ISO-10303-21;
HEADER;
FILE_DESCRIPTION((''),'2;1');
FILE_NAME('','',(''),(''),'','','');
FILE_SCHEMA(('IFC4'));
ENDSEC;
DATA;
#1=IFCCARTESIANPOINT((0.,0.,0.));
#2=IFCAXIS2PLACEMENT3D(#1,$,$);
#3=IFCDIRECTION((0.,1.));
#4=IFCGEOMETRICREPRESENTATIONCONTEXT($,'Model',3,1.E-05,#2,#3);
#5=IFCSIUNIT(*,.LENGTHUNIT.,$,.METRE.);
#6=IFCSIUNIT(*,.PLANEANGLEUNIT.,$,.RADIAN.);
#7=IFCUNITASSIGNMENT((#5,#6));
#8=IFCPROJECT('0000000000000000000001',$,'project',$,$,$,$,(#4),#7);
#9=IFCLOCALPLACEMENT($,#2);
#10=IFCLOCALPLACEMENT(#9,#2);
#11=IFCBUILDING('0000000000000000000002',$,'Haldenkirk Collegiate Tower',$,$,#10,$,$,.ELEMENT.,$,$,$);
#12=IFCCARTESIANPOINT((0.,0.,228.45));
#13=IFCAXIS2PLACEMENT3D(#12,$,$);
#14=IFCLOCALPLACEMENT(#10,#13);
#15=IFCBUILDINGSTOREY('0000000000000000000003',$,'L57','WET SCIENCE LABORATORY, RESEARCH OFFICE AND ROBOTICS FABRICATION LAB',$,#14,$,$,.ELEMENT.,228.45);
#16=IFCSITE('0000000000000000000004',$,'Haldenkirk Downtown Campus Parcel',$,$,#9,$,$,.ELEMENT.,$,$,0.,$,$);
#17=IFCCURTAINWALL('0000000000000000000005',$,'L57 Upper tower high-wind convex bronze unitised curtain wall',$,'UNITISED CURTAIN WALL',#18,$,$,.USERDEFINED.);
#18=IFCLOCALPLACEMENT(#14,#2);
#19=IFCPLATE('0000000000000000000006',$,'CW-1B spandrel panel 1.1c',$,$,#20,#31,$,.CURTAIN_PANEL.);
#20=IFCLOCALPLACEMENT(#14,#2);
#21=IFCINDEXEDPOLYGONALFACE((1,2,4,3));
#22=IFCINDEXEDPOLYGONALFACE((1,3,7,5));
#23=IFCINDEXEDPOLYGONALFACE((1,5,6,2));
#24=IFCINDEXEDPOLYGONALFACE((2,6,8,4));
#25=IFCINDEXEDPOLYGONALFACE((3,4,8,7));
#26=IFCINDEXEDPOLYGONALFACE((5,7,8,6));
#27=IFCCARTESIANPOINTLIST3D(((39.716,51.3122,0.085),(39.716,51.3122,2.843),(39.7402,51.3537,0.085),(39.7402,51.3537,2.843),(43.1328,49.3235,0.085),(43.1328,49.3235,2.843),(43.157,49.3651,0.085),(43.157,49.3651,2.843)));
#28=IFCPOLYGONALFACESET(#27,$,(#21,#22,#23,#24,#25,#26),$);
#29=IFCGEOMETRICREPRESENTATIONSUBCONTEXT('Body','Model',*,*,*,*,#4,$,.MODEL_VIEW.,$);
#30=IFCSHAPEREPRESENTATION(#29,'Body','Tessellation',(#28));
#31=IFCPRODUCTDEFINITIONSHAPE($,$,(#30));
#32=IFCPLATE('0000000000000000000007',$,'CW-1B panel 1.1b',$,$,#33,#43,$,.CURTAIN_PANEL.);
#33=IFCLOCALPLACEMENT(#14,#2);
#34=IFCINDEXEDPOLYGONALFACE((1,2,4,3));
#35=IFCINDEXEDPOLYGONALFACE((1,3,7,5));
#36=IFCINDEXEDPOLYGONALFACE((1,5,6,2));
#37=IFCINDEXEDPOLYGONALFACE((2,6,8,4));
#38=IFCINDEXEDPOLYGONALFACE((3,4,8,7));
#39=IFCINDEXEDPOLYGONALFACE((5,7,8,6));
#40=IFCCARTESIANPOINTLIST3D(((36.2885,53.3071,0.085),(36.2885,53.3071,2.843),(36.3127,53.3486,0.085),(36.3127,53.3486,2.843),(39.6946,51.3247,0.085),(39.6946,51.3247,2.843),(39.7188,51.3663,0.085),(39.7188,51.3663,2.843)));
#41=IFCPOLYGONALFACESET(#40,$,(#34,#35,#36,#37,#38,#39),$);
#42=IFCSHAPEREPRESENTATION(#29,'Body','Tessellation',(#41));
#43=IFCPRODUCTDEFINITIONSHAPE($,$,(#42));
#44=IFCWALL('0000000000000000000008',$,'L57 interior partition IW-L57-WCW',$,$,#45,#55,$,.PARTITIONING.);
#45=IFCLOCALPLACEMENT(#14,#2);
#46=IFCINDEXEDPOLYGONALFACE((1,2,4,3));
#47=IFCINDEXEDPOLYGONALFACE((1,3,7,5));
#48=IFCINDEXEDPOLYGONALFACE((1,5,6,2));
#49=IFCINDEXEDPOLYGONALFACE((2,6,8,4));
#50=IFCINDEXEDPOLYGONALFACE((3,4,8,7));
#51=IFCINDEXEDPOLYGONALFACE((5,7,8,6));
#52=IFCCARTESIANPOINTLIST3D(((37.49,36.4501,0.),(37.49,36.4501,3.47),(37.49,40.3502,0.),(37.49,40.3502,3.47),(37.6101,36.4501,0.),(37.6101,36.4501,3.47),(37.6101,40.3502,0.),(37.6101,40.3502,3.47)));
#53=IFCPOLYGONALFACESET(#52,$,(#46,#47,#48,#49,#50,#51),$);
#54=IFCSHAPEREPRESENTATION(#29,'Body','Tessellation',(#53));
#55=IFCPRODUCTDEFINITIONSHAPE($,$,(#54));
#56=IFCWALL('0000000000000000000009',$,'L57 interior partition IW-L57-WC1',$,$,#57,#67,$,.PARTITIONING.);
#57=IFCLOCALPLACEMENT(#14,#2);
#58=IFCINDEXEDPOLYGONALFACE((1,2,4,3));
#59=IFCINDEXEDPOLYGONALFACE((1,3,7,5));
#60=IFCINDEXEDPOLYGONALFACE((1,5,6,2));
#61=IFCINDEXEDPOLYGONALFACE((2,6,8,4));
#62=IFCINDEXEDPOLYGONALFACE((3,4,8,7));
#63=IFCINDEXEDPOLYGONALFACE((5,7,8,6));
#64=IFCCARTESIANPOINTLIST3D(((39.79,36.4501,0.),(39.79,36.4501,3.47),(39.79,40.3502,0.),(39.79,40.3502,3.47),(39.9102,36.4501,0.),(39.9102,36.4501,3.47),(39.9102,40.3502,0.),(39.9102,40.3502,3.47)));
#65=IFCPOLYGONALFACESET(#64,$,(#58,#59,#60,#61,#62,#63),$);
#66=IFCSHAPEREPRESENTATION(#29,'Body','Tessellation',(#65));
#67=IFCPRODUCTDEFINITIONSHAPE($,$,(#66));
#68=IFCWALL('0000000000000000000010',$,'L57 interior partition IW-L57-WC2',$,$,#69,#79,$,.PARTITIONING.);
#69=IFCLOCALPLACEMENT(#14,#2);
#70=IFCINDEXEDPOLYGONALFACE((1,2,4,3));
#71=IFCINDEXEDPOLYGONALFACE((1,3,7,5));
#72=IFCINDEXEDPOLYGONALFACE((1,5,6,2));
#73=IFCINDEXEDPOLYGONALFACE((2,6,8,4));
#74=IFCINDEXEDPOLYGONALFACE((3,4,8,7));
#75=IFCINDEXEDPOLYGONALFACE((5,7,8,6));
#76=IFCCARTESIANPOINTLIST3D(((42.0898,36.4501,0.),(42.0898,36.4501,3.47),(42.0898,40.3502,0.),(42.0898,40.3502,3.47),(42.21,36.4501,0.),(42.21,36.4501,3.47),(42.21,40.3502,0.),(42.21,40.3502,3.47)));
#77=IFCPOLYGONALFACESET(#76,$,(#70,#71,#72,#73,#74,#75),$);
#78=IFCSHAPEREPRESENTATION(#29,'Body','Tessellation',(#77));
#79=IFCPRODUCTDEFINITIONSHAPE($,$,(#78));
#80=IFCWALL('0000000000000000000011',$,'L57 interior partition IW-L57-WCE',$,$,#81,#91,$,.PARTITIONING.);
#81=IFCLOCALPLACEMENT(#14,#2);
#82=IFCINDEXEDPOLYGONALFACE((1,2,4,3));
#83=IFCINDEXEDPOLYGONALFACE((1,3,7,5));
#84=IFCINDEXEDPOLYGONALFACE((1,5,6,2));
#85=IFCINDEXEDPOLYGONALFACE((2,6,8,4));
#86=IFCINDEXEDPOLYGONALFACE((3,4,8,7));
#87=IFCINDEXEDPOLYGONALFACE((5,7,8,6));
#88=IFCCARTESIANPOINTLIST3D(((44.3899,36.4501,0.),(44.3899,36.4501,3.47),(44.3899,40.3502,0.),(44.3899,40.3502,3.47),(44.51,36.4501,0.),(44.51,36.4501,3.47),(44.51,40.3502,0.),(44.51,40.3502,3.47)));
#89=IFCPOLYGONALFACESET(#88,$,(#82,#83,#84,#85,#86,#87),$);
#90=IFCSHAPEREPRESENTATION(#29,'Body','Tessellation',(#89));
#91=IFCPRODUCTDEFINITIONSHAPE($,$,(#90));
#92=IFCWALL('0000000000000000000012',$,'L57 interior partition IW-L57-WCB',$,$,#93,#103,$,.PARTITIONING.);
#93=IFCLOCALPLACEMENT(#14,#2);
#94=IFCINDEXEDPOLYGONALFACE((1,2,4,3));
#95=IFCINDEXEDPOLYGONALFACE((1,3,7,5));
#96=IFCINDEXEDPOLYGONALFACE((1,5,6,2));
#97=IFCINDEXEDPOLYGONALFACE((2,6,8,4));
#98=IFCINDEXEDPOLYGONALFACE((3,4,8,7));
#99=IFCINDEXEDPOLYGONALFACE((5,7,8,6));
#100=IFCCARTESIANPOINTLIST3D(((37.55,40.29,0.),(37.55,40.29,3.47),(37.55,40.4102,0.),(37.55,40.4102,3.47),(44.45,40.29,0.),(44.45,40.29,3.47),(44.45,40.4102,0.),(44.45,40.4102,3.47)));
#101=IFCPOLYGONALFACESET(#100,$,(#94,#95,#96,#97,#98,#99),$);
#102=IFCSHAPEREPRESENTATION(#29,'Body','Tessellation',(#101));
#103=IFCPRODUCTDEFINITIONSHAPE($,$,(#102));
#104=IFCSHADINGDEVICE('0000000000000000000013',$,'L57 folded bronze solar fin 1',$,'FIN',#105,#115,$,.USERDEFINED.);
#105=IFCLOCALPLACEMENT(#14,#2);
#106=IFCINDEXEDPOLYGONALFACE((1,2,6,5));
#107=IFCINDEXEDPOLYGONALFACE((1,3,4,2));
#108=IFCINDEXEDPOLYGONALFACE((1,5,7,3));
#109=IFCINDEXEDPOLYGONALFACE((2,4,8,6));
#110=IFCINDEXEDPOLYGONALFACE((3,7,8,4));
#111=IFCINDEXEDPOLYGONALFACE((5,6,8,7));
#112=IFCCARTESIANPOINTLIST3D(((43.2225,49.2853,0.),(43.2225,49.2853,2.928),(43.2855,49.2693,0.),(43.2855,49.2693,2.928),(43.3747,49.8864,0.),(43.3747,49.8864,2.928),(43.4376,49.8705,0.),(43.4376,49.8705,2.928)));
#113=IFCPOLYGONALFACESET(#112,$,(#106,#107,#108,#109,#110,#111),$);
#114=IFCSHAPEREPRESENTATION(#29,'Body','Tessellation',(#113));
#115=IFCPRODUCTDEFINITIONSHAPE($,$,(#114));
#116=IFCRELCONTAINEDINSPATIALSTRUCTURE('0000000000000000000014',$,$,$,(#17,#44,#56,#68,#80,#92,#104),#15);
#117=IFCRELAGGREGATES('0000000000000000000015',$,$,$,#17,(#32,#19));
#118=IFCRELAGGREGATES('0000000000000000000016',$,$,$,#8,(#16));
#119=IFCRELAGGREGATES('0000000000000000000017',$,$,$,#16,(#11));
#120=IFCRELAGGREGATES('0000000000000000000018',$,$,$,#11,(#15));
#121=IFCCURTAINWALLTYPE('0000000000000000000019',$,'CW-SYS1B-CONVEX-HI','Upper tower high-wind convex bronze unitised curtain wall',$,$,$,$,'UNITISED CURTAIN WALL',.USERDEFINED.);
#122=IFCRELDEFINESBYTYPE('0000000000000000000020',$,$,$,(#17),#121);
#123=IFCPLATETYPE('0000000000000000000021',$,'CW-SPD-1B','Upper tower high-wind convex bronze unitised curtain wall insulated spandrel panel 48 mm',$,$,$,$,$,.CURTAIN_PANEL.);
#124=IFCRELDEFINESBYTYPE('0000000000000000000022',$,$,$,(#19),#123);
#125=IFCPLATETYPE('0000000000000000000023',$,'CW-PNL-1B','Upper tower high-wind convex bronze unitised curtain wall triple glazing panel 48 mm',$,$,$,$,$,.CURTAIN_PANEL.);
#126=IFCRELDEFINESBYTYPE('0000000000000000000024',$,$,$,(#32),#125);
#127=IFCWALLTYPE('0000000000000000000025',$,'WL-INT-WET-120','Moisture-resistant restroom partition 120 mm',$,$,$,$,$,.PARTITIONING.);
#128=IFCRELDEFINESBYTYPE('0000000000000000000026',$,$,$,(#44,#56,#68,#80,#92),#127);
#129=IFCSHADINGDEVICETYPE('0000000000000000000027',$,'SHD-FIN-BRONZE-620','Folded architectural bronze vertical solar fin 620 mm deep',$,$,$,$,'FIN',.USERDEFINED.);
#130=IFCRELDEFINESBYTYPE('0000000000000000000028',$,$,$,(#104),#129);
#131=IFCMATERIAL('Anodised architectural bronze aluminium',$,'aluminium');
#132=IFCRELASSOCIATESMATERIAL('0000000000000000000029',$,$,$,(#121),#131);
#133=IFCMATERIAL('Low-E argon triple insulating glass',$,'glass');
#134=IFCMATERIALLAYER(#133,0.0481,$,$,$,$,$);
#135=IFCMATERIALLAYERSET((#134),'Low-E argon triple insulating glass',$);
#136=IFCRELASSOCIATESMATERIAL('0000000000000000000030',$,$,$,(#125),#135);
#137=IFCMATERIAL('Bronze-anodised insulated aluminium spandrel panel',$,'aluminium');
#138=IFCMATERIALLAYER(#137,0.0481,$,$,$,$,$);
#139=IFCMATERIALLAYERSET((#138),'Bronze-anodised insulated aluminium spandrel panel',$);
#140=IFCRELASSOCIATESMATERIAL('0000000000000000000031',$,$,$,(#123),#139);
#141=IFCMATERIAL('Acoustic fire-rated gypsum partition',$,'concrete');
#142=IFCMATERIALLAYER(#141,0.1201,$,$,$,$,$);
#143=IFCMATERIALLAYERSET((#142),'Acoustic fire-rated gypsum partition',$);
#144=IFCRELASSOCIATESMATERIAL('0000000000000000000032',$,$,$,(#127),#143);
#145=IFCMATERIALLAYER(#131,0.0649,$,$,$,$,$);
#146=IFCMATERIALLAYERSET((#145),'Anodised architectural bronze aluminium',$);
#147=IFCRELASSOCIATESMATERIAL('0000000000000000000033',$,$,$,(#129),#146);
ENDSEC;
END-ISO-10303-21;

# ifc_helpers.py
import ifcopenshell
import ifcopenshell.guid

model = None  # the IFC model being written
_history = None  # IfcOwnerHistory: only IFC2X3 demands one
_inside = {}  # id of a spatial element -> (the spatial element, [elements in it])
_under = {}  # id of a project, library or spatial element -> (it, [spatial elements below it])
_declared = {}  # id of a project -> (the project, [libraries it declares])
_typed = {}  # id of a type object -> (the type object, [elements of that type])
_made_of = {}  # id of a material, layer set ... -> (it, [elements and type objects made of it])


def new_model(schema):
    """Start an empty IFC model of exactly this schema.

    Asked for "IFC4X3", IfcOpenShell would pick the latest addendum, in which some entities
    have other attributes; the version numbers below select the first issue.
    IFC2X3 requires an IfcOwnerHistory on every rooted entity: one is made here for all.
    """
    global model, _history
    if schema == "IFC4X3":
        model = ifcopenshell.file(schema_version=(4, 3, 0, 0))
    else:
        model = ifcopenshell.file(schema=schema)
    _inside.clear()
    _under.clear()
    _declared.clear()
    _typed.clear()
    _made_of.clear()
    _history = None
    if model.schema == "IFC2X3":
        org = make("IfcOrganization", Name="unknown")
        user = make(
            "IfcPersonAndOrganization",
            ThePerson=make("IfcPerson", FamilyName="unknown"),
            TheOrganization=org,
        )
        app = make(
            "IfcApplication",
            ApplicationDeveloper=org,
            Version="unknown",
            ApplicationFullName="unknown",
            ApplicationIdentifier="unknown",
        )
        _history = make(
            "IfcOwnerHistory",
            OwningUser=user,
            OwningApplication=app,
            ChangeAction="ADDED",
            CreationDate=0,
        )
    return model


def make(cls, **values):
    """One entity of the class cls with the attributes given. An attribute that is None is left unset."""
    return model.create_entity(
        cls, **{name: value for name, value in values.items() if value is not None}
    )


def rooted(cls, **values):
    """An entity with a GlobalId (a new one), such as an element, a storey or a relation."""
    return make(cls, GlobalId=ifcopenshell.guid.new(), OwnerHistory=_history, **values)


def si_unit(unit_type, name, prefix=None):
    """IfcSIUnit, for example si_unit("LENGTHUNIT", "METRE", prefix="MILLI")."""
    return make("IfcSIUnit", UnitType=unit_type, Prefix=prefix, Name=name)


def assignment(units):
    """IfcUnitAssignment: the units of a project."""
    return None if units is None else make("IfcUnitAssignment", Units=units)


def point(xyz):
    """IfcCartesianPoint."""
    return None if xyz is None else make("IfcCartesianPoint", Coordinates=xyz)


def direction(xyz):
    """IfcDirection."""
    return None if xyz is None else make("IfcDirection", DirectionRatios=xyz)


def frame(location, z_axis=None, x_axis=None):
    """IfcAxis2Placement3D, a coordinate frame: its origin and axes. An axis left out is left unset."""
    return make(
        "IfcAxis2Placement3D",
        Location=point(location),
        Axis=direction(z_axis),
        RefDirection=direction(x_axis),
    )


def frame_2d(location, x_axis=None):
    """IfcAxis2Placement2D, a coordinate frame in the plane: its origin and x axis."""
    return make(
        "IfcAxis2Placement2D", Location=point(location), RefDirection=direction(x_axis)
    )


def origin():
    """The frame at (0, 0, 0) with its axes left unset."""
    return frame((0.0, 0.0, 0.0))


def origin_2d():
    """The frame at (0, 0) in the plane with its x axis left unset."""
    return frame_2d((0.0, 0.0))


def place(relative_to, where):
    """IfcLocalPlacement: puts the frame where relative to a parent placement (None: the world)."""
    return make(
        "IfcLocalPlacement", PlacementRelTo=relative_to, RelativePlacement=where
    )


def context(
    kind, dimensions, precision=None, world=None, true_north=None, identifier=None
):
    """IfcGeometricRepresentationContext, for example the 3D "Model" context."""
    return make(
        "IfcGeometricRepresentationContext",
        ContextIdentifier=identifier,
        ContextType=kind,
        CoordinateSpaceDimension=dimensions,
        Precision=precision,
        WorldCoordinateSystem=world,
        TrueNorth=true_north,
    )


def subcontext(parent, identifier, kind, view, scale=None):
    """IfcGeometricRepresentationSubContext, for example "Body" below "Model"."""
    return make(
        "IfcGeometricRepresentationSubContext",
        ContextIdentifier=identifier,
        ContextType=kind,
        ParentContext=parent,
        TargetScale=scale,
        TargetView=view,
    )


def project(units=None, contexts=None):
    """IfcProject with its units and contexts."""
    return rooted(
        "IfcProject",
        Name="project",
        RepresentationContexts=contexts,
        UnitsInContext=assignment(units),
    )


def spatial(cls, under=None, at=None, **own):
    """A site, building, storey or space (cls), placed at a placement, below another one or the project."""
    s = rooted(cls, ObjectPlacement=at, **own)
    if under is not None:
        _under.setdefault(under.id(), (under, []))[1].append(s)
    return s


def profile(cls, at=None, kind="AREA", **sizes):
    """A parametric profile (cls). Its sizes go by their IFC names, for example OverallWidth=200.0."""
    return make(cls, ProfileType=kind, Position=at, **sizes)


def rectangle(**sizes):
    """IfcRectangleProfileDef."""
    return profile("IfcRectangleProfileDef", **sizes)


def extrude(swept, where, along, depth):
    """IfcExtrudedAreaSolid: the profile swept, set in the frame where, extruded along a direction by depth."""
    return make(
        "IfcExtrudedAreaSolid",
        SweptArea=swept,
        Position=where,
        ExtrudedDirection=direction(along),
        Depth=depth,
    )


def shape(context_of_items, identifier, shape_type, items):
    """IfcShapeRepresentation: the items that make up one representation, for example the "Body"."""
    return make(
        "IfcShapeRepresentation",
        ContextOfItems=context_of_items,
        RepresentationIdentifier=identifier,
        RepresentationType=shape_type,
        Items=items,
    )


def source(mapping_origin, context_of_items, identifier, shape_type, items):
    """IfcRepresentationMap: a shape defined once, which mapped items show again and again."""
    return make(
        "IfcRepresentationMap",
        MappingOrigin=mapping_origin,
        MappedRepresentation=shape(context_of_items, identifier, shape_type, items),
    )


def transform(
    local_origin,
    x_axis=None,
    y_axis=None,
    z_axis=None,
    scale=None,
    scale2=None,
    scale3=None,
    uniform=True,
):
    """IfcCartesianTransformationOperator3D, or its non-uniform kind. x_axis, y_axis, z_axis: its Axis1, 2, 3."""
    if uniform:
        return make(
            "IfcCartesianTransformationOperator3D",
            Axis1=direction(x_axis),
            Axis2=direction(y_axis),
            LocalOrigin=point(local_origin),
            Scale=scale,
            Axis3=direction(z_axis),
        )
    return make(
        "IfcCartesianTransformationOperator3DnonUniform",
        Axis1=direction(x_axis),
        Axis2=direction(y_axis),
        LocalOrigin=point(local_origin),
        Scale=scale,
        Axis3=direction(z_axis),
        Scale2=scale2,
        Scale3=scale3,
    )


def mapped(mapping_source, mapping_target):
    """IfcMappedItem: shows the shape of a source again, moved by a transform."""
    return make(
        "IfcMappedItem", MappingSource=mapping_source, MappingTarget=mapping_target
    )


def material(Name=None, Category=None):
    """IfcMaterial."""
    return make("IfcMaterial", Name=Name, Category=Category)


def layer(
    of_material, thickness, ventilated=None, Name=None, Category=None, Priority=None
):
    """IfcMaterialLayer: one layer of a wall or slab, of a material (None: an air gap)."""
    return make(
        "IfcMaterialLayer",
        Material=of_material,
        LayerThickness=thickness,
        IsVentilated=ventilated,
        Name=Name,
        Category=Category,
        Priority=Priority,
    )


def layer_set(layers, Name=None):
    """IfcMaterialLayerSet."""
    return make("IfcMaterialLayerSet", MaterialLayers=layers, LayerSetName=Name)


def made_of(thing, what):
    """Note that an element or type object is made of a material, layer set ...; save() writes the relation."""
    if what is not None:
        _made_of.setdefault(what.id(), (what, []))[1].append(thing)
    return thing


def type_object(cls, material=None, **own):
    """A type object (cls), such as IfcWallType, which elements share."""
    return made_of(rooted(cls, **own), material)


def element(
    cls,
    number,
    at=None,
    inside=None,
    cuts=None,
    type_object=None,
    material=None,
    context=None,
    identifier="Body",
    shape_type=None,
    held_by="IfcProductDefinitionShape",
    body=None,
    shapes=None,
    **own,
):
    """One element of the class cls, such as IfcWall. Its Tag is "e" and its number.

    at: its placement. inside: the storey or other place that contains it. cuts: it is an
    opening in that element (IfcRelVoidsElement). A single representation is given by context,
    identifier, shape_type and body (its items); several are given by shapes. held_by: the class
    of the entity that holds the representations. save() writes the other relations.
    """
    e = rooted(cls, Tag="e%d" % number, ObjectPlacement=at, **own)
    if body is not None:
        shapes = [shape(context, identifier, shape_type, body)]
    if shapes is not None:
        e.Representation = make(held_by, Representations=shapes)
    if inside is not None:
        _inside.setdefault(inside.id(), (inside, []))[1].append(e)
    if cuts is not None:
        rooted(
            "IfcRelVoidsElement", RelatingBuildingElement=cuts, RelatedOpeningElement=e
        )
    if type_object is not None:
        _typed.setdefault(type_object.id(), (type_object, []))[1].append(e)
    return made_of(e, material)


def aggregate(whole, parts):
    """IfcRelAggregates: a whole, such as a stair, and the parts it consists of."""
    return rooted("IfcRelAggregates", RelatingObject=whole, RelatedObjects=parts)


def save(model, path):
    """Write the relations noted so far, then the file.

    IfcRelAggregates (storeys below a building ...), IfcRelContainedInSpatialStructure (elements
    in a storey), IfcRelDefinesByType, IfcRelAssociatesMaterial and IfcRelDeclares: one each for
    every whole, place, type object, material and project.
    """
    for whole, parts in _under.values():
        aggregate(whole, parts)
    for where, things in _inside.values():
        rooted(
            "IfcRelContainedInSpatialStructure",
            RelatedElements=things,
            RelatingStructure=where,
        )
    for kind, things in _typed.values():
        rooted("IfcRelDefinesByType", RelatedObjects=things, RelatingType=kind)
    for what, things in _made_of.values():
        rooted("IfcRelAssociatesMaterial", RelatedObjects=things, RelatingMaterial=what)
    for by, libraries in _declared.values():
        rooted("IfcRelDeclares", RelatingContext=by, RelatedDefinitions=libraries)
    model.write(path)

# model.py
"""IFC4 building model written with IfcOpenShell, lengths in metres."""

from ifc_helpers import new_model, si_unit, direction, frame, frame_2d, origin, origin_2d, place, context, subcontext, project, spatial, rectangle, extrude, source, transform, mapped, material, layer, layer_set, type_object, element, aggregate, save


model = new_model("IFC4")

# Units and contexts
model_context = context("Model", 3, precision=1e-05, world=origin(), true_north=direction((0.0, 1.0)))
body_context = subcontext(model_context, "Body", "Model", "MODEL_VIEW")
ifc_project = project(units=[si_unit("LENGTHUNIT", "METRE"), si_unit("PLANEANGLEUNIT", "RADIAN")], contexts=[model_context])

# Site, building, storey
site_placement = place(None, origin())
site = spatial("IfcSite", under=ifc_project, at=site_placement, Name="Haldenkirk Downtown Campus Parcel", CompositionType="ELEMENT", RefElevation=0.0)
building_placement = place(site_placement, origin())
building = spatial("IfcBuilding", under=site, at=building_placement, Name="Haldenkirk Collegiate Tower", CompositionType="ELEMENT")
storey_placement = place(building_placement, frame((0.0, 0.0, 228.45)))
storey = spatial("IfcBuildingStorey", under=building, at=storey_placement, Name="L57", Description="WET SCIENCE LABORATORY, RESEARCH OFFICE AND ROBOTICS FABRICATION LAB", CompositionType="ELEMENT", Elevation=228.45)

# Curtain wall
ifc_material_1 = material(Name="Anodised architectural bronze aluminium", Category="aluminium")
curtain_wall_type = type_object("IfcCurtainWallType", Name="CW-SYS1B-CONVEX-HI", Description="Upper tower high-wind convex bronze unitised curtain wall", ElementType="UNITISED CURTAIN WALL", PredefinedType="USERDEFINED", material=ifc_material_1)
curtain_wall_placement = place(storey_placement, origin())
curtain_wall = element("IfcCurtainWall", 1, at=curtain_wall_placement, inside=storey, type_object=curtain_wall_type, Name="L57 Upper tower high-wind convex bronze unitised curtain wall", ObjectType="UNITISED CURTAIN WALL", PredefinedType="USERDEFINED")

# Plates
ifc_material_2 = material(Name="Low-E argon triple insulating glass", Category="glass")
ifc_layer_1 = layer(ifc_material_2, 0.0481)
ifc_layer_set_1 = layer_set([ifc_layer_1], Name="Low-E argon triple insulating glass")
plate_type_1 = type_object("IfcPlateType", Name="CW-PNL-1B", Description="Upper tower high-wind convex bronze unitised curtain wall triple glazing panel 48 mm", PredefinedType="CURTAIN_PANEL", material=ifc_layer_set_1)
shared_shape_1 = source(origin(), body_context, "Body", "SweptSolid", [
    extrude(rectangle(XDim=3.9534, YDim=0.0481, at=origin_2d()), origin(), (0.0, 0.0, 1.0), 2.7581),
])
ifc_material_3 = material(Name="Bronze-anodised insulated aluminium spandrel panel", Category="aluminium")
ifc_layer_2 = layer(ifc_material_3, 0.0481)
ifc_layer_set_2 = layer_set([ifc_layer_2], Name="Bronze-anodised insulated aluminium spandrel panel")
plate_type_2 = type_object("IfcPlateType", Name="CW-SPD-1B", Description="Upper tower high-wind convex bronze unitised curtain wall insulated spandrel panel 48 mm", PredefinedType="CURTAIN_PANEL", material=ifc_layer_set_2)
plate_1_placement = place(storey_placement, frame((41.4365, 50.3386, 0.085), z_axis=(0.0, 0.0, 1.0), x_axis=(0.864275, -0.50302, 0.0)))
plate_1 = element("IfcPlate", 2, at=plate_1_placement, type_object=plate_type_2, Name="CW-1B spandrel panel 1.1c", PredefinedType="CURTAIN_PANEL", context=body_context, shape_type="MappedRepresentation", body=[
    mapped(shared_shape_1, transform((0.0, 0.0, 0.0), x_axis=(1.0, 0.0, 0.0), y_axis=(0.0, 1.0, 0.0), z_axis=(0.0, 0.0, 1.0), scale=1.0)),
])
shared_shape_2 = source(origin(), body_context, "Body", "SweptSolid", [
    extrude(rectangle(XDim=3.9409, YDim=0.0481, at=origin_2d()), origin(), (0.0, 0.0, 1.0), 2.7581),
])
plate_2_placement = place(storey_placement, frame((38.0037, 52.3367, 0.085), z_axis=(0.0, 0.0, 1.0), x_axis=(0.864275, -0.50302, 0.0)))
plate_2 = element("IfcPlate", 3, at=plate_2_placement, type_object=plate_type_1, Name="CW-1B panel 1.1b", PredefinedType="CURTAIN_PANEL", context=body_context, shape_type="MappedRepresentation", body=[
    mapped(shared_shape_2, transform((0.0, 0.0, 0.0), x_axis=(1.0, 0.0, 0.0), y_axis=(0.0, 1.0, 0.0), z_axis=(0.0, 0.0, 1.0), scale=1.0)),
])
aggregate(curtain_wall, [plate_2, plate_1])

# Walls
ifc_material_4 = material(Name="Acoustic fire-rated gypsum partition", Category="concrete")
ifc_layer_3 = layer(ifc_material_4, 0.1201)
ifc_layer_set_3 = layer_set([ifc_layer_3], Name="Acoustic fire-rated gypsum partition")
wall_type = type_object("IfcWallType", Name="WL-INT-WET-120", Description="Moisture-resistant restroom partition 120 mm", PredefinedType="PARTITIONING", material=ifc_layer_set_3)
for number, where, z_axis, x_axis, name in (
    (4, (37.55, 36.45, 0.0), (0.0, 0.0, 1.0), (0.0, 1.0, 0.0), "L57 interior partition IW-L57-WCW"),
    (5, (39.8501, 36.45, 0.0), (0.0, 0.0, 1.0), (0.0, 1.0, 0.0), "L57 interior partition IW-L57-WC1"),
    (6, (42.1499, 36.45, 0.0), (0.0, 0.0, 1.0), (0.0, 1.0, 0.0), "L57 interior partition IW-L57-WC2"),
    (7, (44.45, 36.45, 0.0), (0.0, 0.0, 1.0), (0.0, 1.0, 0.0), "L57 interior partition IW-L57-WCE"),
):
    element("IfcWall", number, at=place(storey_placement, frame(where, z_axis=z_axis, x_axis=x_axis)), inside=storey, type_object=wall_type, Name=name, PredefinedType="PARTITIONING", context=body_context, shape_type="SweptSolid", body=[
        extrude(rectangle(XDim=3.9001, YDim=0.1201, at=frame_2d((1.9502, 0.0))), origin(), (0.0, 0.0, 1.0), 3.47),
    ])
wall_placement = place(storey_placement, frame((37.55, 40.3501, 0.0), z_axis=(0.0, 0.0, 1.0), x_axis=(1.0, 0.0, 0.0)))
element("IfcWall", 8, at=wall_placement, inside=storey, type_object=wall_type, Name="L57 interior partition IW-L57-WCB", PredefinedType="PARTITIONING", context=body_context, shape_type="SweptSolid", body=[
    extrude(rectangle(XDim=6.8999, YDim=0.1201, at=frame_2d((3.45, 0.0))), origin(), (0.0, 0.0, 1.0), 3.47),
])

# Shading device
ifc_layer_4 = layer(ifc_material_1, 0.0649)
ifc_layer_set_4 = layer_set([ifc_layer_4], Name="Anodised architectural bronze aluminium")
shading_device_type = type_object("IfcShadingDeviceType", Name="SHD-FIN-BRONZE-620", Description="Folded architectural bronze vertical solar fin 620 mm deep", ElementType="FIN", PredefinedType="USERDEFINED", material=ifc_layer_set_4)
shared_shape_3 = source(origin(), body_context, "Body", "SweptSolid", [
    extrude(rectangle(XDim=0.6201, YDim=0.0649, at=origin_2d()), origin(), (0.0, 0.0, 1.0), 2.928),
])
shading_device_placement = place(storey_placement, frame((43.3301, 49.5779, 0.0), z_axis=(0.0, 0.0, 1.0), x_axis=(0.245307, 0.969445, 0.0)))
element("IfcShadingDevice", 9, at=shading_device_placement, inside=storey, type_object=shading_device_type, Name="L57 folded bronze solar fin 1", ObjectType="FIN", PredefinedType="USERDEFINED", context=body_context, shape_type="MappedRepresentation", body=[
    mapped(shared_shape_3, transform((0.0, 0.0, 0.0), x_axis=(1.0, 0.0, 0.0), y_axis=(0.0, 1.0, 0.0), z_axis=(0.0, 0.0, 1.0), scale=1.0)),
])

save(model, "model.ifc")
